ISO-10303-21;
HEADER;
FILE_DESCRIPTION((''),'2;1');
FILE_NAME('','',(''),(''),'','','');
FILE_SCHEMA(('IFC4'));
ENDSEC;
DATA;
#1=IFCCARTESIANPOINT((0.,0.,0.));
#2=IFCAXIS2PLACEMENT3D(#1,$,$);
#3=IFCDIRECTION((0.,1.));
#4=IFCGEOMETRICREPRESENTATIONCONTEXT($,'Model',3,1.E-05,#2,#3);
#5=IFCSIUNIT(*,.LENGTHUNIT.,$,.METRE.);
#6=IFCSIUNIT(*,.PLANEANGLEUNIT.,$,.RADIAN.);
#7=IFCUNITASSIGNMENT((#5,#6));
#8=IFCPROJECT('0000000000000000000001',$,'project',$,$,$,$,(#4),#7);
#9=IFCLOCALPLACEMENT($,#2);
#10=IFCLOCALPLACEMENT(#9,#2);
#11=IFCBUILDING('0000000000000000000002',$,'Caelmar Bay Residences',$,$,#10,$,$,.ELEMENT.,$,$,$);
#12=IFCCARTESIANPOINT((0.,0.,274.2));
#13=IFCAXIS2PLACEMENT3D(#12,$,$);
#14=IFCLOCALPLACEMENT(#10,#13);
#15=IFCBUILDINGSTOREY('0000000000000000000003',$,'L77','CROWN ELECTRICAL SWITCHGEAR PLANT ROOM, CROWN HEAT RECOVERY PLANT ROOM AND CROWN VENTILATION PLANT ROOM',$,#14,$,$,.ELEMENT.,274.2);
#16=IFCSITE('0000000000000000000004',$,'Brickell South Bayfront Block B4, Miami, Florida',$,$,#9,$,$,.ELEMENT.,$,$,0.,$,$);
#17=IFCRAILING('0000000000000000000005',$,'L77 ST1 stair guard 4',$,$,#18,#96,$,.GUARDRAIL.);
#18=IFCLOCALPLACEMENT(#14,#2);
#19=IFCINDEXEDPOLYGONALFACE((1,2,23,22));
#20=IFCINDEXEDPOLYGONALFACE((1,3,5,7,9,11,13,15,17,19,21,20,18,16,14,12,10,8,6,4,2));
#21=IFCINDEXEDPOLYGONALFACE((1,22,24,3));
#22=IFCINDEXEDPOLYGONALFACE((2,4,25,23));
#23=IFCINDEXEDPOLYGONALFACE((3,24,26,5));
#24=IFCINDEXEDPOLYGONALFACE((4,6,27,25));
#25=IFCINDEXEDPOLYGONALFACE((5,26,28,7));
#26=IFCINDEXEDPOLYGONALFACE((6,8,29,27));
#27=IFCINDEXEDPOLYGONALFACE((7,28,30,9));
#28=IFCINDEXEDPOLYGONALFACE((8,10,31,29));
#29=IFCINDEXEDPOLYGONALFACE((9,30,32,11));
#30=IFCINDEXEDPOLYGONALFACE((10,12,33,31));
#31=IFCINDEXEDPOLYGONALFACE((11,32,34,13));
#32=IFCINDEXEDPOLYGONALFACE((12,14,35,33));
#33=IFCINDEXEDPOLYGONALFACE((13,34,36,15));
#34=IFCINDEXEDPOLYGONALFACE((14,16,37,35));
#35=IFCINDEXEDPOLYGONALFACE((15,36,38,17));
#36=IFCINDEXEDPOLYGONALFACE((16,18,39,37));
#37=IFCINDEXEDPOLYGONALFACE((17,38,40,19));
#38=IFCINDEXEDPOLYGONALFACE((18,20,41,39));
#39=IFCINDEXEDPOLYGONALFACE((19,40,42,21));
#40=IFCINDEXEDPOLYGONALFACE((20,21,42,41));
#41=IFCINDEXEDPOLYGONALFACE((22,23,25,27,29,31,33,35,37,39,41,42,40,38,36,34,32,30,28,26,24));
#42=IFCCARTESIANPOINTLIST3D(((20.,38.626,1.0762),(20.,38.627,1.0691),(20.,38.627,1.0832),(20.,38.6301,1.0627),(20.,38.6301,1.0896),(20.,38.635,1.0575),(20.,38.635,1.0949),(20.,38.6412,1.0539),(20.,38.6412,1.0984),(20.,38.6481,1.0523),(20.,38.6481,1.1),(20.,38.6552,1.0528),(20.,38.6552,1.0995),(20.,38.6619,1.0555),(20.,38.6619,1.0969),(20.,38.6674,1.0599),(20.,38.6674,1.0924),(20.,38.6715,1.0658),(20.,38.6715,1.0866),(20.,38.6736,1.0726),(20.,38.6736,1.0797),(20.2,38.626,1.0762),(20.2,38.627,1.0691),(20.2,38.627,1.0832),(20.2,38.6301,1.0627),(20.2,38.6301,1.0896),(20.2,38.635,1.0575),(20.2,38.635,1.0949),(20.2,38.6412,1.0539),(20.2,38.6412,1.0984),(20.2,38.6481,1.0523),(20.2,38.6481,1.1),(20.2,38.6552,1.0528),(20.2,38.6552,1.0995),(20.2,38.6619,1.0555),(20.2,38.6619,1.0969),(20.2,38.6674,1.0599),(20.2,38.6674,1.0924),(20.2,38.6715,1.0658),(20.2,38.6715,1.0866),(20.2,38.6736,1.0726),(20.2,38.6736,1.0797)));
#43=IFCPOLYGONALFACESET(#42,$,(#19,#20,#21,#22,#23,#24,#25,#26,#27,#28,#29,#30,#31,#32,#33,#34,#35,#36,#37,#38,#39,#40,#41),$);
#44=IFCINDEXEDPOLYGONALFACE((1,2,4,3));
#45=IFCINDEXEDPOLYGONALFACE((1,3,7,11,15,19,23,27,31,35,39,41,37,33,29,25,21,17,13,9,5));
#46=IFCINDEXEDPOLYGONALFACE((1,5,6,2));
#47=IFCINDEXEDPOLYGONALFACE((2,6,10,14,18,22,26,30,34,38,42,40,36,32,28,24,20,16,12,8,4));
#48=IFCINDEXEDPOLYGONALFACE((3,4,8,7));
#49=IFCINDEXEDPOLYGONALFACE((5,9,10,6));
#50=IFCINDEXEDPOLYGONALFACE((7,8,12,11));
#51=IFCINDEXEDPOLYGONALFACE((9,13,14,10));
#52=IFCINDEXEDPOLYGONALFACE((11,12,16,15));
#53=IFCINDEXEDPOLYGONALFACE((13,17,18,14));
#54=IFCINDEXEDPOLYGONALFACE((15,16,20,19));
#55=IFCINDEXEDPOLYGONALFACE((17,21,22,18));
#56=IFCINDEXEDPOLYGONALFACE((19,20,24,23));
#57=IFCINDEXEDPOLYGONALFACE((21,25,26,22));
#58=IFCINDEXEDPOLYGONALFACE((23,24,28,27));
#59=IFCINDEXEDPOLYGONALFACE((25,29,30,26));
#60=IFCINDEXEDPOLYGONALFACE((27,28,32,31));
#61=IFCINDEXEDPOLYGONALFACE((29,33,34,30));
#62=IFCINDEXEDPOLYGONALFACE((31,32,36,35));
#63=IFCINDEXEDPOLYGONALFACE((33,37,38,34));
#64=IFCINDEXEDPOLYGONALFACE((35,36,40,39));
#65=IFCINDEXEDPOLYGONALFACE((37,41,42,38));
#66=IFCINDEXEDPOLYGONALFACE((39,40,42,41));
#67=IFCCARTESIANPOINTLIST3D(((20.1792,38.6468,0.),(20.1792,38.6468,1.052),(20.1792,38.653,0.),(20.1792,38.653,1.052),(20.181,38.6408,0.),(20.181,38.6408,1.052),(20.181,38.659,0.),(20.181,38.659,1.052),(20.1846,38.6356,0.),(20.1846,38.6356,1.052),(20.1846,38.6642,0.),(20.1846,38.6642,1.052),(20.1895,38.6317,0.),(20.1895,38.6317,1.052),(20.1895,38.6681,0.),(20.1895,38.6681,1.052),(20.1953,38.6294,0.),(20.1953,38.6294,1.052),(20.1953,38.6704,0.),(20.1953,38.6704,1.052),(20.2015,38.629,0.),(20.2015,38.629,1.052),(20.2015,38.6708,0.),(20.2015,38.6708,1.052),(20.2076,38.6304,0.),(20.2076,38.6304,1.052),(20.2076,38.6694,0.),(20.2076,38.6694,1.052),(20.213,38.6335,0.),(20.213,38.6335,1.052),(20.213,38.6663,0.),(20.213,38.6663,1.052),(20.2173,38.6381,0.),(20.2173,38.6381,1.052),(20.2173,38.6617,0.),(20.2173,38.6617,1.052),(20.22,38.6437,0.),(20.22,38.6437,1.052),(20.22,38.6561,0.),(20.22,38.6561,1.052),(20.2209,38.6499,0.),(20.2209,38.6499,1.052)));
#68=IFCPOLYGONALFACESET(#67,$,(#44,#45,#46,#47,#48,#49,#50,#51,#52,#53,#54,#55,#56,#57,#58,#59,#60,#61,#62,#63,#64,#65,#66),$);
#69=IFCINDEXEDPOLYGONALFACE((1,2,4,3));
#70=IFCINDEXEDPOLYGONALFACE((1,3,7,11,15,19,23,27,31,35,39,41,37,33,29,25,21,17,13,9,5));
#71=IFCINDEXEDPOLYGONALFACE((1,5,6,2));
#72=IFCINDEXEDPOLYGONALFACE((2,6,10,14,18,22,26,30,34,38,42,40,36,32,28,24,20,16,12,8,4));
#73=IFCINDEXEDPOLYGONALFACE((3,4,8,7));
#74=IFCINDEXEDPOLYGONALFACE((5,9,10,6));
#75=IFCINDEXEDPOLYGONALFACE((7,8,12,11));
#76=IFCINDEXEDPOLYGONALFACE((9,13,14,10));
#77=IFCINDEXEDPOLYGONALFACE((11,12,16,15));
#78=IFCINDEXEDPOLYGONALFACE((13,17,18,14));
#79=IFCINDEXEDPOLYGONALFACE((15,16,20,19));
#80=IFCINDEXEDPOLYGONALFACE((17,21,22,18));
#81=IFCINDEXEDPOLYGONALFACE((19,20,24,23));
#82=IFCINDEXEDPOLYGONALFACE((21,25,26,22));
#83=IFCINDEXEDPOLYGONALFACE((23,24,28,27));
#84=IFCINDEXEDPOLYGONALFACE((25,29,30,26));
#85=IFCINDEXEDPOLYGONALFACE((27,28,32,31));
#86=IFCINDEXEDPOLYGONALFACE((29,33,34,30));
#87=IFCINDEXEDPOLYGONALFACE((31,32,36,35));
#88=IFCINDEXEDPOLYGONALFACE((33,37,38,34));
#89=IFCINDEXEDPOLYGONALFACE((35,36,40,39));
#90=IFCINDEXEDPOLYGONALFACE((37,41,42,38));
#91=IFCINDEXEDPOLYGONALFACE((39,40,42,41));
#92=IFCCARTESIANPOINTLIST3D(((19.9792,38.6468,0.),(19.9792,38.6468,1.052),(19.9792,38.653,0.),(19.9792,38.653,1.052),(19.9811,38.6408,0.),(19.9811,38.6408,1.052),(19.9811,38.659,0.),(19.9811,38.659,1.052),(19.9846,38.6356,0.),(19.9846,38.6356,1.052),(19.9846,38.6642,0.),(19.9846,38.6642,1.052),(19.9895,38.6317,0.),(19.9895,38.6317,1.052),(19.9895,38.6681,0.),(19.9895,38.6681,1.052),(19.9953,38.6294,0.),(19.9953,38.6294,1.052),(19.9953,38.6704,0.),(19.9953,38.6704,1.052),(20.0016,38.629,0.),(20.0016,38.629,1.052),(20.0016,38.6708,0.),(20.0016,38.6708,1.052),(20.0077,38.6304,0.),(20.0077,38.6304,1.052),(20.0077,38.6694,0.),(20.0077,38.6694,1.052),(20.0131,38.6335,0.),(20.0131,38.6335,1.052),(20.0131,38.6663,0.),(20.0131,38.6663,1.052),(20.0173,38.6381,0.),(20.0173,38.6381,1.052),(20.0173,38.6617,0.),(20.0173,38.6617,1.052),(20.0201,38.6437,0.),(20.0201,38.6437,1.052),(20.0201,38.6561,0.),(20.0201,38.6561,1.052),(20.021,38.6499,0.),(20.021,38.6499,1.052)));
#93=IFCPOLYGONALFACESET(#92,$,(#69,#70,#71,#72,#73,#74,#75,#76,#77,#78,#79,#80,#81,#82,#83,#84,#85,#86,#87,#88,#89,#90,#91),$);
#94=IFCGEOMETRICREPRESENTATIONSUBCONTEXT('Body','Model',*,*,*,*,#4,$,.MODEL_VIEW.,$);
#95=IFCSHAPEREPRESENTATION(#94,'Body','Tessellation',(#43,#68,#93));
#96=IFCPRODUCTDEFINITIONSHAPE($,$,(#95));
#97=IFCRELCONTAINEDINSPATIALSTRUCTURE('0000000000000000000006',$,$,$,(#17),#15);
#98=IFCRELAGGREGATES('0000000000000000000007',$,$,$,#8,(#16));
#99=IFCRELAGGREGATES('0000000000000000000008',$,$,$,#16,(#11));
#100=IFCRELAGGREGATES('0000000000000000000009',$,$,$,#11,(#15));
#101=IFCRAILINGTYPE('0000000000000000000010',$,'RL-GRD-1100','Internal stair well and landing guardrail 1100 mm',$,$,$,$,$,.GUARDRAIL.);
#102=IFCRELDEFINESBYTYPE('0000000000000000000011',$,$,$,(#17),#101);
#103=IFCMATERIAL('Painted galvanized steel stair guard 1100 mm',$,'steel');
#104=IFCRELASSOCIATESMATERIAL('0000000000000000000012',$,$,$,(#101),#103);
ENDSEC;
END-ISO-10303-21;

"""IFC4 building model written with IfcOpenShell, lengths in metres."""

from ifc_helpers import new_model, si_unit, direction, frame, origin, origin_2d, place, context, subcontext, project, spatial, circle, extrude, material, type_object, element, save


model = new_model("IFC4")

# Units and contexts
model_context = context("Model", 3, precision=1e-05, world=origin(), true_north=direction((0.0, 1.0)))
body_context = subcontext(model_context, "Body", "Model", "MODEL_VIEW")
ifc_project = project(units=[si_unit("LENGTHUNIT", "METRE"), si_unit("PLANEANGLEUNIT", "RADIAN")], contexts=[model_context])

# Site, building, storey
site_placement = place(None, origin())
site = spatial("IfcSite", under=ifc_project, at=site_placement, Name="Brickell South Bayfront Block B4, Miami, Florida", CompositionType="ELEMENT", RefElevation=0.0)
building_placement = place(site_placement, origin())
building = spatial("IfcBuilding", under=site, at=building_placement, Name="Caelmar Bay Residences", CompositionType="ELEMENT")
storey_placement = place(building_placement, frame((0.0, 0.0, 274.2)))
storey = spatial("IfcBuildingStorey", under=building, at=storey_placement, Name="L77", Description="CROWN ELECTRICAL SWITCHGEAR PLANT ROOM, CROWN HEAT RECOVERY PLANT ROOM AND CROWN VENTILATION PLANT ROOM", CompositionType="ELEMENT", Elevation=274.2)

# Railing
ifc_material_1 = material(Name="Painted galvanized steel stair guard 1100 mm", Category="steel")
railing_type_1 = type_object("IfcRailingType", Name="RL-GRD-1100", Description="Internal stair well and landing guardrail 1100 mm", PredefinedType="GUARDRAIL", material=ifc_material_1)
railing_1_placement = place(storey_placement, frame((20.2, 38.6499, 0.0)))
element("IfcRailing", 1, at=railing_1_placement, inside=storey, type_object=railing_type_1, Name="L77 ST1 stair guard 4", PredefinedType="GUARDRAIL", context=body_context, shape_type="SweptSolid", body=[
    extrude(circle(Radius=0.0239, at=origin_2d()), frame((0.0, 0.0, 1.0762), z_axis=(-1.0, 0.0, 0.0), x_axis=(0.0, -1.0, 0.0)), (0.0, 0.0, 1.0), 0.2),
    extrude(circle(Radius=0.021, at=origin_2d()), origin(), (0.0, 0.0, 1.0), 1.052),
    extrude(circle(Radius=0.021, at=origin_2d()), frame((-0.2, 0.0, 0.0)), (0.0, 0.0, 1.0), 1.052),
])

save(model, "model.ifc")
